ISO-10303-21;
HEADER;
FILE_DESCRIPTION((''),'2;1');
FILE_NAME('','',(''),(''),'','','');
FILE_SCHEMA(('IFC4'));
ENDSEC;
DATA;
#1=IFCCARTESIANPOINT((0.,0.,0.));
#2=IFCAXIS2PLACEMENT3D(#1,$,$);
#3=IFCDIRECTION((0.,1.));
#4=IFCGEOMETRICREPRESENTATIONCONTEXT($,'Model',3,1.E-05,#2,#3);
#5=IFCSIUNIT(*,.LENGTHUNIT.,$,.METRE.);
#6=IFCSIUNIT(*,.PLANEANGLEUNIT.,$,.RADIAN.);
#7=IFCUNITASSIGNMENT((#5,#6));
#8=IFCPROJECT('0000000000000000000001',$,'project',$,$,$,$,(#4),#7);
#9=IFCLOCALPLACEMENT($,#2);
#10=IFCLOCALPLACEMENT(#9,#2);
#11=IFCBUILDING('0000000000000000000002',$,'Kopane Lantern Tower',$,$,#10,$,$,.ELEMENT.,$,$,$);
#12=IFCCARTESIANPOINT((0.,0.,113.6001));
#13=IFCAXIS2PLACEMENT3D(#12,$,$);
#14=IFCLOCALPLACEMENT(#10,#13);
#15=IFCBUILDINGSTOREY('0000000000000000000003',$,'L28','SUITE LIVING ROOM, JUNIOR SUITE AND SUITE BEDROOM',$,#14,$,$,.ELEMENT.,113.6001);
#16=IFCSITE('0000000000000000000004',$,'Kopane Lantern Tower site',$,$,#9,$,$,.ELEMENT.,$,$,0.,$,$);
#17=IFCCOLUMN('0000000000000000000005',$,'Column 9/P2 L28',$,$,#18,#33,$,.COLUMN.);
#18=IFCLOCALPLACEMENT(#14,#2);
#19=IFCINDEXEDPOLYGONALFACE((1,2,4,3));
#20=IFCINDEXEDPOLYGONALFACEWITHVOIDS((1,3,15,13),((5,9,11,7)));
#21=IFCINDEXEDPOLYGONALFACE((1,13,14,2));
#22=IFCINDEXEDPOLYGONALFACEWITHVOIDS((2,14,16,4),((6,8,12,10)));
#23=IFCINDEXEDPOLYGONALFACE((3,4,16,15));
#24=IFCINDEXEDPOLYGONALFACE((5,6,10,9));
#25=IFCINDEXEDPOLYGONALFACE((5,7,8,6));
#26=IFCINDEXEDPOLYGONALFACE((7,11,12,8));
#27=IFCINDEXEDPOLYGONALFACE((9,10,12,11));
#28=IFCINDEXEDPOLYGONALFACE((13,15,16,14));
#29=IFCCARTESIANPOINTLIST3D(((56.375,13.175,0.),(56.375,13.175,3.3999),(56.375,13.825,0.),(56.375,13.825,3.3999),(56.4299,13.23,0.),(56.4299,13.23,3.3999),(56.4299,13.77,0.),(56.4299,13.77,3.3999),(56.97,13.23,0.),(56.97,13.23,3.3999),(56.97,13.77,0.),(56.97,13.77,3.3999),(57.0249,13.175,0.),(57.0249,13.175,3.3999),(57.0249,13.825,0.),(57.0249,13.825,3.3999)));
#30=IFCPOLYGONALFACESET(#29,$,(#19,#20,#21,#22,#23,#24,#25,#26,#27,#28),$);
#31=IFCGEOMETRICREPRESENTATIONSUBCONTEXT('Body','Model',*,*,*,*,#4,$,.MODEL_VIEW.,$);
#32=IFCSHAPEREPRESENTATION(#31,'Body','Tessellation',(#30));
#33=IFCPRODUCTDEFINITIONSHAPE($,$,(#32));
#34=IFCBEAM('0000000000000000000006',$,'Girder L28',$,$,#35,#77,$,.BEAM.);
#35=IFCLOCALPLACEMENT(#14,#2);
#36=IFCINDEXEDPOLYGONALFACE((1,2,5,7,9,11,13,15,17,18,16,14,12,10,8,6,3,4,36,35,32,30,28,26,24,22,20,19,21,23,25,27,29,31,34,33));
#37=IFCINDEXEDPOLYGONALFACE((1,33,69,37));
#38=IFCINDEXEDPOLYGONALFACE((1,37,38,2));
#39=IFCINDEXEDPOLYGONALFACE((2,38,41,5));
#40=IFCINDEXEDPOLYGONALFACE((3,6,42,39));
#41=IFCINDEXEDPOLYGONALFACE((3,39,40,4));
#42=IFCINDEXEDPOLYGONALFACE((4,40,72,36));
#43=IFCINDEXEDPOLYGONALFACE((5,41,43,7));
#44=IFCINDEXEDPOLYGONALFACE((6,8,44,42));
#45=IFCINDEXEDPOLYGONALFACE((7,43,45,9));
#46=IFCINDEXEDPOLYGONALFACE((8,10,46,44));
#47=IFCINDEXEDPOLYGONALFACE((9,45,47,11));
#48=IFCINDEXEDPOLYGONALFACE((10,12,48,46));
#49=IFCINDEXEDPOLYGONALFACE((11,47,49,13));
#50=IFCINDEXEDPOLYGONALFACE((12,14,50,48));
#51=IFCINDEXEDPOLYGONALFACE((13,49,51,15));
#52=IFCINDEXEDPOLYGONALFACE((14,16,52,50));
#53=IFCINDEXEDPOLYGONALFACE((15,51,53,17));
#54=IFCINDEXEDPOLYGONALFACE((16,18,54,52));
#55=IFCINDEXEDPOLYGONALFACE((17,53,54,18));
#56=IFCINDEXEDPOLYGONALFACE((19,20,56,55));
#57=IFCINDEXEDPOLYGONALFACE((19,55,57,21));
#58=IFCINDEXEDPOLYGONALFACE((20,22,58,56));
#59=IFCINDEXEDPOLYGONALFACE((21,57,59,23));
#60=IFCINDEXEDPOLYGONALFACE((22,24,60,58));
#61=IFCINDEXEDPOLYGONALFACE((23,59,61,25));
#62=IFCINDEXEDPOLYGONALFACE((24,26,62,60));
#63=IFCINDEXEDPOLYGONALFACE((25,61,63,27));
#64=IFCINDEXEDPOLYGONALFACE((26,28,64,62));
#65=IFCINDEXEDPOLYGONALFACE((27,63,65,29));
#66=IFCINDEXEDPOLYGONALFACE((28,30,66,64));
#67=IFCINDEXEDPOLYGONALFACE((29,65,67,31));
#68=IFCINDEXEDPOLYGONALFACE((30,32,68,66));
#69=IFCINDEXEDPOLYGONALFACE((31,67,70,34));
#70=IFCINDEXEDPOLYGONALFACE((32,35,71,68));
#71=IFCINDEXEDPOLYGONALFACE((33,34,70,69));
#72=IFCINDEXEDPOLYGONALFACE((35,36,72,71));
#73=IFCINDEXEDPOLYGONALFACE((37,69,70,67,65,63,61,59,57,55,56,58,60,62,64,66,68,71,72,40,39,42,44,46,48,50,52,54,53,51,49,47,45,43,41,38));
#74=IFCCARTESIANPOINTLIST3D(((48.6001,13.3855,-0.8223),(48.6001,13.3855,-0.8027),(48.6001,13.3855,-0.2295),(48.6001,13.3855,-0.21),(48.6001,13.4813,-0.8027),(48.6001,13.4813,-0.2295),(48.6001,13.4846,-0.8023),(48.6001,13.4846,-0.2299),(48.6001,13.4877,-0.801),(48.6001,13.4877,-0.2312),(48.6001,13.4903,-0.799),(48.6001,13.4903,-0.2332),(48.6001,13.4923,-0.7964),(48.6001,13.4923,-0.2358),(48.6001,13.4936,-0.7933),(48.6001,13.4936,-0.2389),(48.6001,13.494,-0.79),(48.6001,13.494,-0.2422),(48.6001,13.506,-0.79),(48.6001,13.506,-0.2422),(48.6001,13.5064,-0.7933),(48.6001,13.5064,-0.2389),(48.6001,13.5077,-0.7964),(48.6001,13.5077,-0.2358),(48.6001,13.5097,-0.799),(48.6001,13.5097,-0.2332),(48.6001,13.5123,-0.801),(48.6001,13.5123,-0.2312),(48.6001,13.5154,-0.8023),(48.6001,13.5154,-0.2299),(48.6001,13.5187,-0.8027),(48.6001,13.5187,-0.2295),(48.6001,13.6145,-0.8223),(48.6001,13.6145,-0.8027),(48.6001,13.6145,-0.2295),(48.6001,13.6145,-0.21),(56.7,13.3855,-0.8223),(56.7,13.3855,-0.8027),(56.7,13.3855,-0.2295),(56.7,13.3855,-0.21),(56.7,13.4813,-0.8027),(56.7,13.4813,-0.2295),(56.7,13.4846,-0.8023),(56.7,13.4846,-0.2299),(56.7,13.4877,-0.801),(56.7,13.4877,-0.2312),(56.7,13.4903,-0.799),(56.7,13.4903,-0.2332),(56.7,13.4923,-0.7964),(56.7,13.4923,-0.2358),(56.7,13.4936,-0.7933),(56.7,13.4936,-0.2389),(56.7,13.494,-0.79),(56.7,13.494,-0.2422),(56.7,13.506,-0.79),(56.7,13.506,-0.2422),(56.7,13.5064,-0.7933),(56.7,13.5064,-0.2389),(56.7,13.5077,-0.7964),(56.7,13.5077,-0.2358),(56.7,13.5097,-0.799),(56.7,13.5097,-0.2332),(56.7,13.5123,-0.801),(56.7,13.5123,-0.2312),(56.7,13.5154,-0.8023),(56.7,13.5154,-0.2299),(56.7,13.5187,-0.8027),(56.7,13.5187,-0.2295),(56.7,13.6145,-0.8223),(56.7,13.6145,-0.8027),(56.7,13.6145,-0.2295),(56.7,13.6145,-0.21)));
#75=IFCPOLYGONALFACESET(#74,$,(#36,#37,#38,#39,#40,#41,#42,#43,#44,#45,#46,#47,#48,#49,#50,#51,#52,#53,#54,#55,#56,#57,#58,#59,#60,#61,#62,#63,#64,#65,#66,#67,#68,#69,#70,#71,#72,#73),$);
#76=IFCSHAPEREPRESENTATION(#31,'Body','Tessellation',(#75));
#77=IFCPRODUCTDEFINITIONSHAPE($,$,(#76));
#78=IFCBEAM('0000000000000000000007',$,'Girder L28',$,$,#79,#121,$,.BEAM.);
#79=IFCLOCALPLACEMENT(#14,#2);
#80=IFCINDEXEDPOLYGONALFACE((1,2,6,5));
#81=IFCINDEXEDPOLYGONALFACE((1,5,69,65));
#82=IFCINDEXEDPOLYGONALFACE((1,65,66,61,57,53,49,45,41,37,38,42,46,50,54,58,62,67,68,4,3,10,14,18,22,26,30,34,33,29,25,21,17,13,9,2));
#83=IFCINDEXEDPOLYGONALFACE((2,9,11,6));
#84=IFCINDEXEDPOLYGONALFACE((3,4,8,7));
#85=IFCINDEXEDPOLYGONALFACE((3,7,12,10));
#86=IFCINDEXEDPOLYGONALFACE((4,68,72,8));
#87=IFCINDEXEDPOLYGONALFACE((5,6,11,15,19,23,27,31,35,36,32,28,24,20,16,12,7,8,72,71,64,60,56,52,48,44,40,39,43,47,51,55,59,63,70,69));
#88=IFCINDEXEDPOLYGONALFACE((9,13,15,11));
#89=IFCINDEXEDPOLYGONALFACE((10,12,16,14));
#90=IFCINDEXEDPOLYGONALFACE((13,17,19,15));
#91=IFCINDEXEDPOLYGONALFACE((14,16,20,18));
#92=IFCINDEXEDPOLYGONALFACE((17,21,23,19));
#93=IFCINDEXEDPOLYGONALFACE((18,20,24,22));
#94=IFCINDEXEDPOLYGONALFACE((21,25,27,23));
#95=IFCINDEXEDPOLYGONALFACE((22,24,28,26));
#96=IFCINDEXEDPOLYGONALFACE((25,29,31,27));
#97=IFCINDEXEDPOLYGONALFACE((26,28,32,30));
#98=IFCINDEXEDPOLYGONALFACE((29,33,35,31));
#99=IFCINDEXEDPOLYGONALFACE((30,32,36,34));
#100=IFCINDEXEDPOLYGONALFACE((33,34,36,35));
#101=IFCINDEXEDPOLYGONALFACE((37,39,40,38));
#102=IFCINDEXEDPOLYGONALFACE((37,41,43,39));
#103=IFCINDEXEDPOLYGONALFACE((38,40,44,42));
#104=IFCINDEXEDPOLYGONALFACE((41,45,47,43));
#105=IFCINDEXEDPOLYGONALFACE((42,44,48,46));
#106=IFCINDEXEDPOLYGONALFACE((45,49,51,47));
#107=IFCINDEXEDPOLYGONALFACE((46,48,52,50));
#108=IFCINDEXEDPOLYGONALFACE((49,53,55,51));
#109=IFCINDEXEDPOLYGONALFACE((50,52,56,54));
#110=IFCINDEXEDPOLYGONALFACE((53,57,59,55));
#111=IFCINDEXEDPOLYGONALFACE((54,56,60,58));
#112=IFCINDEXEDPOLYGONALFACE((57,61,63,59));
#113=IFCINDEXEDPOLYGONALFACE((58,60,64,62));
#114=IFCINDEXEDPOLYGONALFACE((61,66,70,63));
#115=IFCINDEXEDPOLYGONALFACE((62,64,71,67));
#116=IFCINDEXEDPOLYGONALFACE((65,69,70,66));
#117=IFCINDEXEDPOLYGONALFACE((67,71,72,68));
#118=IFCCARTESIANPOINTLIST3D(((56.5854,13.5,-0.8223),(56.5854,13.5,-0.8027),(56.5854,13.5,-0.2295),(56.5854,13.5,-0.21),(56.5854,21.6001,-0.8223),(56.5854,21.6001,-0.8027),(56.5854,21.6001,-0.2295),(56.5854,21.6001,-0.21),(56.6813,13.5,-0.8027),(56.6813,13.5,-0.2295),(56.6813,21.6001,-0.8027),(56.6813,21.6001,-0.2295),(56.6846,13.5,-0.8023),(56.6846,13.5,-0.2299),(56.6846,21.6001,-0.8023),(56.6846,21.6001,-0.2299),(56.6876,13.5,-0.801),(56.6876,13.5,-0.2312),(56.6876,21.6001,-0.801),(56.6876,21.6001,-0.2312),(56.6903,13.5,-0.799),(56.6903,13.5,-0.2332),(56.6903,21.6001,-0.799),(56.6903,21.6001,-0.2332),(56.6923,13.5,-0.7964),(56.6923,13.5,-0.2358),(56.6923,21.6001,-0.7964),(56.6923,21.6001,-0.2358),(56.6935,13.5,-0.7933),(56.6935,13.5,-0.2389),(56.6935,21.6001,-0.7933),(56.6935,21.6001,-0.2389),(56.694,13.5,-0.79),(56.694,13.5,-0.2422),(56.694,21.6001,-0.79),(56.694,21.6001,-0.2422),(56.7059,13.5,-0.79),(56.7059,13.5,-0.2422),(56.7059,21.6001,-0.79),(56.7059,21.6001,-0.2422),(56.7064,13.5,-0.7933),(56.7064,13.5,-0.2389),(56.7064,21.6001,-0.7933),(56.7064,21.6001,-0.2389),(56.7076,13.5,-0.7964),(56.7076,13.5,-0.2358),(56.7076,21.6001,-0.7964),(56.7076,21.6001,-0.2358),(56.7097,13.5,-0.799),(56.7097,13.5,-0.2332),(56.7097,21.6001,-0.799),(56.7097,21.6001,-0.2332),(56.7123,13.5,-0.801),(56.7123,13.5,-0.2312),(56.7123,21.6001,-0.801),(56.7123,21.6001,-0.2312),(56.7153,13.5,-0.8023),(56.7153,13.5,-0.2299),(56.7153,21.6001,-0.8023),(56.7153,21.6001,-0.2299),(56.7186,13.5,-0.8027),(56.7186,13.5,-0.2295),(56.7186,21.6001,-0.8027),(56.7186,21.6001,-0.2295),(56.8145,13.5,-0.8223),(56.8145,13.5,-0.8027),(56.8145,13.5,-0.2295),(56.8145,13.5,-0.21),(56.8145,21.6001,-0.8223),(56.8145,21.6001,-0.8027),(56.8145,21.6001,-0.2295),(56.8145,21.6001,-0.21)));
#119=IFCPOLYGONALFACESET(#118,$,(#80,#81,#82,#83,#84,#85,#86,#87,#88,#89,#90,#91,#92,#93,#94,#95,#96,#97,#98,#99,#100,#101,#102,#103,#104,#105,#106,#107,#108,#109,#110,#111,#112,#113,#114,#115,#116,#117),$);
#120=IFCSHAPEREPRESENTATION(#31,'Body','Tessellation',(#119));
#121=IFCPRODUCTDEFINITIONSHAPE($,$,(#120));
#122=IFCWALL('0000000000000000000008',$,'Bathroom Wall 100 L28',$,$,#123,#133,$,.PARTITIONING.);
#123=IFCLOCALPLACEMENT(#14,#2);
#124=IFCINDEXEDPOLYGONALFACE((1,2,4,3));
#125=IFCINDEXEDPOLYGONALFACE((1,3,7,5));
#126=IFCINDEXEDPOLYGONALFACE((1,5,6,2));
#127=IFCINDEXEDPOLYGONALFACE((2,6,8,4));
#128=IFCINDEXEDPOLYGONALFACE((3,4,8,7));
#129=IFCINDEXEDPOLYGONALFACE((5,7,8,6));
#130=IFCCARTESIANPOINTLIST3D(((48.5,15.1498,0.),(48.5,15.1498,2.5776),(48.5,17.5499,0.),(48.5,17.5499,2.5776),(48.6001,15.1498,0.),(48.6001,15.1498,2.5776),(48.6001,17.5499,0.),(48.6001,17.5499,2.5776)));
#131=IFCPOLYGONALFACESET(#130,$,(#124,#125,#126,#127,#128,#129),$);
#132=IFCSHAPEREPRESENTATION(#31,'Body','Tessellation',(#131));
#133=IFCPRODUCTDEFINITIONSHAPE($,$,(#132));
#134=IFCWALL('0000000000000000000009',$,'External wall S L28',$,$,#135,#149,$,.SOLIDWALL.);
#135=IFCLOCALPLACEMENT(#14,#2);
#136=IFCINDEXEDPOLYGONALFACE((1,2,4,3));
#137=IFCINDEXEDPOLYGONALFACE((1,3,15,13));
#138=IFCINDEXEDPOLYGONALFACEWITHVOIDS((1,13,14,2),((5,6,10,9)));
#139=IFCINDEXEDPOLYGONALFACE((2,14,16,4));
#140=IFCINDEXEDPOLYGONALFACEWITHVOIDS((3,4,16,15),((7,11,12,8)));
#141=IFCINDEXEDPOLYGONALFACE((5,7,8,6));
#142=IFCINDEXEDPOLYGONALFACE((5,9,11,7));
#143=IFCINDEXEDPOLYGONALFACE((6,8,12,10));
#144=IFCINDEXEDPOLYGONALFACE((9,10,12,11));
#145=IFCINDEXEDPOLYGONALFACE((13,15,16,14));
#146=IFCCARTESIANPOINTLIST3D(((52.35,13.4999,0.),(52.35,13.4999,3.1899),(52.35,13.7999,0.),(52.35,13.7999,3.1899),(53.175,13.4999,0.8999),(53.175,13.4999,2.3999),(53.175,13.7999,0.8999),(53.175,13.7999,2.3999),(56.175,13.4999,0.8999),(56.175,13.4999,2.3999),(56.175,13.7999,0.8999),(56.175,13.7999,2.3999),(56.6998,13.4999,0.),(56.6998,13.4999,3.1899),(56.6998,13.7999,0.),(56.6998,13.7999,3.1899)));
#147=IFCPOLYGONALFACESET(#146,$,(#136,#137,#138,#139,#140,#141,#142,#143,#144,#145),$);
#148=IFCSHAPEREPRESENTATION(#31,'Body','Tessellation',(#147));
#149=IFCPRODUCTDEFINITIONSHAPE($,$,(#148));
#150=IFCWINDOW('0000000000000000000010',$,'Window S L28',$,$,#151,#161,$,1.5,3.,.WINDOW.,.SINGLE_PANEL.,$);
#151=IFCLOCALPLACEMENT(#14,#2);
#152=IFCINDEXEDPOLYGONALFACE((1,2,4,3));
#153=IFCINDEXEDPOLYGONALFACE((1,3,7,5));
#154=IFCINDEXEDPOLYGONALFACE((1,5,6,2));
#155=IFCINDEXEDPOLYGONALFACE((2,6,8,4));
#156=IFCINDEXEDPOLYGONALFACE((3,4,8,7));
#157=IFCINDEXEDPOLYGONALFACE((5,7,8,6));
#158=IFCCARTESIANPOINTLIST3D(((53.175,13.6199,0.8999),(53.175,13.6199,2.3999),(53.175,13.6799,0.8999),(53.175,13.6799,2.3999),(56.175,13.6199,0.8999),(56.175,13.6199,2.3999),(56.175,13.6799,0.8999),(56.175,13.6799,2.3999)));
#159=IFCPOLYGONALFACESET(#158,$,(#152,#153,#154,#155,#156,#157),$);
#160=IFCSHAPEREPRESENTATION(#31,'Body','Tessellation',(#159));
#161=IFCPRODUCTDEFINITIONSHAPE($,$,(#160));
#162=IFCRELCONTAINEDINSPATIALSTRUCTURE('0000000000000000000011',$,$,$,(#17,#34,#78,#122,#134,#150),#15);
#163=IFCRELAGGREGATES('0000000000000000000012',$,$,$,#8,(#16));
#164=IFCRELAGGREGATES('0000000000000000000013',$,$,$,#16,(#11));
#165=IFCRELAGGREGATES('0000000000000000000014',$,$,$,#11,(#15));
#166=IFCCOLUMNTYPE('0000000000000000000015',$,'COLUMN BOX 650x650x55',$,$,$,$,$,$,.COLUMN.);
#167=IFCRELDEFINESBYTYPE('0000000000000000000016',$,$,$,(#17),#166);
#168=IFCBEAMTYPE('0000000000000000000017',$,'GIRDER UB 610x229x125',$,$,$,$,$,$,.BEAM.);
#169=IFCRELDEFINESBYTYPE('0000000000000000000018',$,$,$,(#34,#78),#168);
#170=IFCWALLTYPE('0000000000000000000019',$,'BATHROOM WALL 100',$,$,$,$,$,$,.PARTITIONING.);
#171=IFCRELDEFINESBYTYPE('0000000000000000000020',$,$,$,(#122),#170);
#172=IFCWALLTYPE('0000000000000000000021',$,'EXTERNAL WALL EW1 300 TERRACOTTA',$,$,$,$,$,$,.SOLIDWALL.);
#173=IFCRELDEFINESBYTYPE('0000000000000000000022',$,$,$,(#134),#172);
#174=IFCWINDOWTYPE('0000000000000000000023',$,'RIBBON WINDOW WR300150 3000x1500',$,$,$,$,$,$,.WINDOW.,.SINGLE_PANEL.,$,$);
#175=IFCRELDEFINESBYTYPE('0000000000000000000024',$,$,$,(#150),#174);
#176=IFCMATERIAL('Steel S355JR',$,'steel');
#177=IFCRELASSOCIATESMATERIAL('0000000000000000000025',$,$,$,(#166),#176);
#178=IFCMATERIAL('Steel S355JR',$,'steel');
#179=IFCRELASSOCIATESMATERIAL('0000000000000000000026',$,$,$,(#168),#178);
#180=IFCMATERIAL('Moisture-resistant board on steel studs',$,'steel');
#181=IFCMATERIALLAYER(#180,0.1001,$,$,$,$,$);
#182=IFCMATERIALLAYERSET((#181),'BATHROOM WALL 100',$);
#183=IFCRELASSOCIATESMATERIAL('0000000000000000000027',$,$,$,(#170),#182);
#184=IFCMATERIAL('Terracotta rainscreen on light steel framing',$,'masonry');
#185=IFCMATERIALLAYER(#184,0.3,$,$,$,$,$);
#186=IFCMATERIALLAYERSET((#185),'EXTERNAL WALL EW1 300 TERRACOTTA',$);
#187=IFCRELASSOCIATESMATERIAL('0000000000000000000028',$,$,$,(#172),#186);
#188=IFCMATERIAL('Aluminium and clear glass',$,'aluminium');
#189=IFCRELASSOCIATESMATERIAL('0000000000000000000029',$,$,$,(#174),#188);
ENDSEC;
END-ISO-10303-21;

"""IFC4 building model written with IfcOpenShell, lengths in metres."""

from ifc_helpers import new_model, si_unit, direction, frame, frame_2d, origin, origin_2d, place, context, subcontext, project, spatial, rectangle, hollow_rectangle, i_section, extrude, material, layer, layer_set, material_profile, profile_set, type_object, element, fill, save


model = new_model("IFC4")

# Units and contexts
model_context = context("Model", 3, precision=1e-05, world=origin(), true_north=direction((0.0, 1.0)))
body_context = subcontext(model_context, "Body", "Model", "MODEL_VIEW")
ifc_project = project(units=[si_unit("LENGTHUNIT", "METRE"), si_unit("PLANEANGLEUNIT", "RADIAN")], contexts=[model_context])

# Site, building, storey
site_placement = place(None, origin())
site = spatial("IfcSite", under=ifc_project, at=site_placement, Name="Kopane Lantern Tower site", CompositionType="ELEMENT", RefElevation=0.0)
building_placement = place(site_placement, origin())
building = spatial("IfcBuilding", under=site, at=building_placement, Name="Kopane Lantern Tower", CompositionType="ELEMENT")
storey_placement = place(building_placement, frame((0.0, 0.0, 113.6001)))
storey = spatial("IfcBuildingStorey", under=building, at=storey_placement, Name="L28", Description="SUITE LIVING ROOM, JUNIOR SUITE AND SUITE BEDROOM", CompositionType="ELEMENT", Elevation=113.6001)

# Column
ifc_material_1 = material(Name="Steel S355JR", Category="steel")
ifc_material_profile_1 = material_profile(ifc_material_1, hollow_rectangle(XDim=0.6499, YDim=0.6499, WallThickness=0.0549, at=origin_2d()), Name="BOX 650x650x55")
ifc_profile_set_1 = profile_set([ifc_material_profile_1], Name="Steel S355JR")
column_type = type_object("IfcColumnType", Name="COLUMN BOX 650x650x55", PredefinedType="COLUMN", material=ifc_profile_set_1)
column_placement = place(storey_placement, frame((56.7, 13.5, 0.0), z_axis=(0.0, 0.0, 1.0), x_axis=(1.0, 0.0, 0.0)))
element("IfcColumn", 1, at=column_placement, inside=storey, type_object=column_type, Name="Column 9/P2 L28", PredefinedType="COLUMN", context=body_context, shape_type="SweptSolid", body=[
    extrude(hollow_rectangle(XDim=0.6499, YDim=0.6499, WallThickness=0.0549, at=origin_2d()), origin(), (0.0, 0.0, 1.0), 3.3999),
])

# Beams
ifc_material_2 = material(Name="Steel S355JR", Category="steel")
ifc_material_profile_2 = material_profile(ifc_material_2, i_section(OverallWidth=0.229, OverallDepth=0.6123, WebThickness=0.012, FlangeThickness=0.0195, FilletRadius=0.0127, at=origin_2d()), Name="UB 610x229x125")
ifc_profile_set_2 = profile_set([ifc_material_profile_2], Name="Steel S355JR")
beam_type = type_object("IfcBeamType", Name="GIRDER UB 610x229x125", PredefinedType="BEAM", material=ifc_profile_set_2)
beam_1_placement = place(storey_placement, frame((48.6001, 13.5, -0.5161), z_axis=(1.0, 0.0, 0.0), x_axis=(0.0, 1.0, 0.0)))
element("IfcBeam", 2, at=beam_1_placement, inside=storey, type_object=beam_type, Name="Girder L28", PredefinedType="BEAM", context=body_context, shape_type="SweptSolid", body=[
    extrude(i_section(OverallWidth=0.229, OverallDepth=0.6123, WebThickness=0.012, FlangeThickness=0.0195, FilletRadius=0.0127, at=origin_2d()), origin(), (0.0, 0.0, 1.0), 8.0999),
])
beam_2_placement = place(storey_placement, frame((56.7, 13.5, -0.5161), z_axis=(0.0, 1.0, 0.0), x_axis=(-1.0, 0.0, 0.0)))
element("IfcBeam", 3, at=beam_2_placement, inside=storey, type_object=beam_type, Name="Girder L28", PredefinedType="BEAM", context=body_context, shape_type="SweptSolid", body=[
    extrude(i_section(OverallWidth=0.229, OverallDepth=0.6123, WebThickness=0.012, FlangeThickness=0.0195, FilletRadius=0.0127, at=origin_2d()), origin(), (0.0, 0.0, 1.0), 8.1001),
])

# Wall
ifc_material_3 = material(Name="Moisture-resistant board on steel studs", Category="steel")
ifc_layer_1 = layer(ifc_material_3, 0.1001)
ifc_layer_set_1 = layer_set([ifc_layer_1], Name="BATHROOM WALL 100")
wall_type_1 = type_object("IfcWallType", Name="BATHROOM WALL 100", PredefinedType="PARTITIONING", material=ifc_layer_set_1)
wall_1_placement = place(storey_placement, frame((48.55, 17.55, 0.0), z_axis=(0.0, 0.0, 1.0), x_axis=(0.0, -1.0, 0.0)))
element("IfcWall", 4, at=wall_1_placement, inside=storey, type_object=wall_type_1, Name="Bathroom Wall 100 L28", PredefinedType="PARTITIONING", context=body_context, shape_type="SweptSolid", body=[
    extrude(rectangle(XDim=2.4001, YDim=0.1001, at=frame_2d((1.2002, 0.0))), origin(), (0.0, 0.0, 1.0), 2.5776),
])

# Wall, opening, window
ifc_material_4 = material(Name="Terracotta rainscreen on light steel framing", Category="masonry")
ifc_layer_2 = layer(ifc_material_4, 0.3)
ifc_layer_set_2 = layer_set([ifc_layer_2], Name="EXTERNAL WALL EW1 300 TERRACOTTA")
wall_type_2 = type_object("IfcWallType", Name="EXTERNAL WALL EW1 300 TERRACOTTA", PredefinedType="SOLIDWALL", material=ifc_layer_set_2)
wall_2_placement = place(storey_placement, frame((52.3501, 13.6499, 0.0), z_axis=(0.0, 0.0, 1.0), x_axis=(1.0, 0.0, 0.0)))
wall_2 = element("IfcWall", 5, at=wall_2_placement, inside=storey, type_object=wall_type_2, Name="External wall S L28", PredefinedType="SOLIDWALL", context=body_context, shape_type="SweptSolid", body=[
    extrude(rectangle(XDim=4.3499, YDim=0.3, at=frame_2d((2.1748, 0.0))), origin(), (0.0, 0.0, 1.0), 3.1899),
])
opening_1_placement = place(wall_2_placement, frame((0.825, 0.0, 0.8999)))
opening_1 = element("IfcOpeningElement", 6, at=opening_1_placement, cuts=wall_2, PredefinedType="OPENING", context=body_context, shape_type="SweptSolid", body=[
    extrude(rectangle(XDim=3.0, YDim=1.5, at=frame_2d((1.5, 0.75))), frame((0.0, 0.1599, 0.0), z_axis=(0.0, -1.0, 0.0), x_axis=(1.0, 0.0, 0.0)), (0.0, 0.0, 1.0), 0.3201),
])
ifc_material_5 = material(Name="Aluminium and clear glass", Category="aluminium")
window_type_1 = type_object("IfcWindowType", Name="RIBBON WINDOW WR300150 3000x1500", PartitioningType="SINGLE_PANEL", PredefinedType="WINDOW", material=ifc_material_5)
window_1_placement = place(opening_1_placement, origin())
window_1 = element("IfcWindow", 7, at=window_1_placement, inside=storey, type_object=window_type_1, Name="Window S L28", OverallHeight=1.5, OverallWidth=3.0, PartitioningType="SINGLE_PANEL", PredefinedType="WINDOW", context=body_context, shape_type="SweptSolid", body=[
    extrude(rectangle(XDim=3.0, YDim=1.5, at=frame_2d((1.5, 0.75))), frame((0.0, 0.03, 0.0), z_axis=(0.0, -1.0, 0.0), x_axis=(1.0, 0.0, 0.0)), (0.0, 0.0, 1.0), 0.0601),
])
fill(opening_1, window_1)

save(model, "model.ifc")
